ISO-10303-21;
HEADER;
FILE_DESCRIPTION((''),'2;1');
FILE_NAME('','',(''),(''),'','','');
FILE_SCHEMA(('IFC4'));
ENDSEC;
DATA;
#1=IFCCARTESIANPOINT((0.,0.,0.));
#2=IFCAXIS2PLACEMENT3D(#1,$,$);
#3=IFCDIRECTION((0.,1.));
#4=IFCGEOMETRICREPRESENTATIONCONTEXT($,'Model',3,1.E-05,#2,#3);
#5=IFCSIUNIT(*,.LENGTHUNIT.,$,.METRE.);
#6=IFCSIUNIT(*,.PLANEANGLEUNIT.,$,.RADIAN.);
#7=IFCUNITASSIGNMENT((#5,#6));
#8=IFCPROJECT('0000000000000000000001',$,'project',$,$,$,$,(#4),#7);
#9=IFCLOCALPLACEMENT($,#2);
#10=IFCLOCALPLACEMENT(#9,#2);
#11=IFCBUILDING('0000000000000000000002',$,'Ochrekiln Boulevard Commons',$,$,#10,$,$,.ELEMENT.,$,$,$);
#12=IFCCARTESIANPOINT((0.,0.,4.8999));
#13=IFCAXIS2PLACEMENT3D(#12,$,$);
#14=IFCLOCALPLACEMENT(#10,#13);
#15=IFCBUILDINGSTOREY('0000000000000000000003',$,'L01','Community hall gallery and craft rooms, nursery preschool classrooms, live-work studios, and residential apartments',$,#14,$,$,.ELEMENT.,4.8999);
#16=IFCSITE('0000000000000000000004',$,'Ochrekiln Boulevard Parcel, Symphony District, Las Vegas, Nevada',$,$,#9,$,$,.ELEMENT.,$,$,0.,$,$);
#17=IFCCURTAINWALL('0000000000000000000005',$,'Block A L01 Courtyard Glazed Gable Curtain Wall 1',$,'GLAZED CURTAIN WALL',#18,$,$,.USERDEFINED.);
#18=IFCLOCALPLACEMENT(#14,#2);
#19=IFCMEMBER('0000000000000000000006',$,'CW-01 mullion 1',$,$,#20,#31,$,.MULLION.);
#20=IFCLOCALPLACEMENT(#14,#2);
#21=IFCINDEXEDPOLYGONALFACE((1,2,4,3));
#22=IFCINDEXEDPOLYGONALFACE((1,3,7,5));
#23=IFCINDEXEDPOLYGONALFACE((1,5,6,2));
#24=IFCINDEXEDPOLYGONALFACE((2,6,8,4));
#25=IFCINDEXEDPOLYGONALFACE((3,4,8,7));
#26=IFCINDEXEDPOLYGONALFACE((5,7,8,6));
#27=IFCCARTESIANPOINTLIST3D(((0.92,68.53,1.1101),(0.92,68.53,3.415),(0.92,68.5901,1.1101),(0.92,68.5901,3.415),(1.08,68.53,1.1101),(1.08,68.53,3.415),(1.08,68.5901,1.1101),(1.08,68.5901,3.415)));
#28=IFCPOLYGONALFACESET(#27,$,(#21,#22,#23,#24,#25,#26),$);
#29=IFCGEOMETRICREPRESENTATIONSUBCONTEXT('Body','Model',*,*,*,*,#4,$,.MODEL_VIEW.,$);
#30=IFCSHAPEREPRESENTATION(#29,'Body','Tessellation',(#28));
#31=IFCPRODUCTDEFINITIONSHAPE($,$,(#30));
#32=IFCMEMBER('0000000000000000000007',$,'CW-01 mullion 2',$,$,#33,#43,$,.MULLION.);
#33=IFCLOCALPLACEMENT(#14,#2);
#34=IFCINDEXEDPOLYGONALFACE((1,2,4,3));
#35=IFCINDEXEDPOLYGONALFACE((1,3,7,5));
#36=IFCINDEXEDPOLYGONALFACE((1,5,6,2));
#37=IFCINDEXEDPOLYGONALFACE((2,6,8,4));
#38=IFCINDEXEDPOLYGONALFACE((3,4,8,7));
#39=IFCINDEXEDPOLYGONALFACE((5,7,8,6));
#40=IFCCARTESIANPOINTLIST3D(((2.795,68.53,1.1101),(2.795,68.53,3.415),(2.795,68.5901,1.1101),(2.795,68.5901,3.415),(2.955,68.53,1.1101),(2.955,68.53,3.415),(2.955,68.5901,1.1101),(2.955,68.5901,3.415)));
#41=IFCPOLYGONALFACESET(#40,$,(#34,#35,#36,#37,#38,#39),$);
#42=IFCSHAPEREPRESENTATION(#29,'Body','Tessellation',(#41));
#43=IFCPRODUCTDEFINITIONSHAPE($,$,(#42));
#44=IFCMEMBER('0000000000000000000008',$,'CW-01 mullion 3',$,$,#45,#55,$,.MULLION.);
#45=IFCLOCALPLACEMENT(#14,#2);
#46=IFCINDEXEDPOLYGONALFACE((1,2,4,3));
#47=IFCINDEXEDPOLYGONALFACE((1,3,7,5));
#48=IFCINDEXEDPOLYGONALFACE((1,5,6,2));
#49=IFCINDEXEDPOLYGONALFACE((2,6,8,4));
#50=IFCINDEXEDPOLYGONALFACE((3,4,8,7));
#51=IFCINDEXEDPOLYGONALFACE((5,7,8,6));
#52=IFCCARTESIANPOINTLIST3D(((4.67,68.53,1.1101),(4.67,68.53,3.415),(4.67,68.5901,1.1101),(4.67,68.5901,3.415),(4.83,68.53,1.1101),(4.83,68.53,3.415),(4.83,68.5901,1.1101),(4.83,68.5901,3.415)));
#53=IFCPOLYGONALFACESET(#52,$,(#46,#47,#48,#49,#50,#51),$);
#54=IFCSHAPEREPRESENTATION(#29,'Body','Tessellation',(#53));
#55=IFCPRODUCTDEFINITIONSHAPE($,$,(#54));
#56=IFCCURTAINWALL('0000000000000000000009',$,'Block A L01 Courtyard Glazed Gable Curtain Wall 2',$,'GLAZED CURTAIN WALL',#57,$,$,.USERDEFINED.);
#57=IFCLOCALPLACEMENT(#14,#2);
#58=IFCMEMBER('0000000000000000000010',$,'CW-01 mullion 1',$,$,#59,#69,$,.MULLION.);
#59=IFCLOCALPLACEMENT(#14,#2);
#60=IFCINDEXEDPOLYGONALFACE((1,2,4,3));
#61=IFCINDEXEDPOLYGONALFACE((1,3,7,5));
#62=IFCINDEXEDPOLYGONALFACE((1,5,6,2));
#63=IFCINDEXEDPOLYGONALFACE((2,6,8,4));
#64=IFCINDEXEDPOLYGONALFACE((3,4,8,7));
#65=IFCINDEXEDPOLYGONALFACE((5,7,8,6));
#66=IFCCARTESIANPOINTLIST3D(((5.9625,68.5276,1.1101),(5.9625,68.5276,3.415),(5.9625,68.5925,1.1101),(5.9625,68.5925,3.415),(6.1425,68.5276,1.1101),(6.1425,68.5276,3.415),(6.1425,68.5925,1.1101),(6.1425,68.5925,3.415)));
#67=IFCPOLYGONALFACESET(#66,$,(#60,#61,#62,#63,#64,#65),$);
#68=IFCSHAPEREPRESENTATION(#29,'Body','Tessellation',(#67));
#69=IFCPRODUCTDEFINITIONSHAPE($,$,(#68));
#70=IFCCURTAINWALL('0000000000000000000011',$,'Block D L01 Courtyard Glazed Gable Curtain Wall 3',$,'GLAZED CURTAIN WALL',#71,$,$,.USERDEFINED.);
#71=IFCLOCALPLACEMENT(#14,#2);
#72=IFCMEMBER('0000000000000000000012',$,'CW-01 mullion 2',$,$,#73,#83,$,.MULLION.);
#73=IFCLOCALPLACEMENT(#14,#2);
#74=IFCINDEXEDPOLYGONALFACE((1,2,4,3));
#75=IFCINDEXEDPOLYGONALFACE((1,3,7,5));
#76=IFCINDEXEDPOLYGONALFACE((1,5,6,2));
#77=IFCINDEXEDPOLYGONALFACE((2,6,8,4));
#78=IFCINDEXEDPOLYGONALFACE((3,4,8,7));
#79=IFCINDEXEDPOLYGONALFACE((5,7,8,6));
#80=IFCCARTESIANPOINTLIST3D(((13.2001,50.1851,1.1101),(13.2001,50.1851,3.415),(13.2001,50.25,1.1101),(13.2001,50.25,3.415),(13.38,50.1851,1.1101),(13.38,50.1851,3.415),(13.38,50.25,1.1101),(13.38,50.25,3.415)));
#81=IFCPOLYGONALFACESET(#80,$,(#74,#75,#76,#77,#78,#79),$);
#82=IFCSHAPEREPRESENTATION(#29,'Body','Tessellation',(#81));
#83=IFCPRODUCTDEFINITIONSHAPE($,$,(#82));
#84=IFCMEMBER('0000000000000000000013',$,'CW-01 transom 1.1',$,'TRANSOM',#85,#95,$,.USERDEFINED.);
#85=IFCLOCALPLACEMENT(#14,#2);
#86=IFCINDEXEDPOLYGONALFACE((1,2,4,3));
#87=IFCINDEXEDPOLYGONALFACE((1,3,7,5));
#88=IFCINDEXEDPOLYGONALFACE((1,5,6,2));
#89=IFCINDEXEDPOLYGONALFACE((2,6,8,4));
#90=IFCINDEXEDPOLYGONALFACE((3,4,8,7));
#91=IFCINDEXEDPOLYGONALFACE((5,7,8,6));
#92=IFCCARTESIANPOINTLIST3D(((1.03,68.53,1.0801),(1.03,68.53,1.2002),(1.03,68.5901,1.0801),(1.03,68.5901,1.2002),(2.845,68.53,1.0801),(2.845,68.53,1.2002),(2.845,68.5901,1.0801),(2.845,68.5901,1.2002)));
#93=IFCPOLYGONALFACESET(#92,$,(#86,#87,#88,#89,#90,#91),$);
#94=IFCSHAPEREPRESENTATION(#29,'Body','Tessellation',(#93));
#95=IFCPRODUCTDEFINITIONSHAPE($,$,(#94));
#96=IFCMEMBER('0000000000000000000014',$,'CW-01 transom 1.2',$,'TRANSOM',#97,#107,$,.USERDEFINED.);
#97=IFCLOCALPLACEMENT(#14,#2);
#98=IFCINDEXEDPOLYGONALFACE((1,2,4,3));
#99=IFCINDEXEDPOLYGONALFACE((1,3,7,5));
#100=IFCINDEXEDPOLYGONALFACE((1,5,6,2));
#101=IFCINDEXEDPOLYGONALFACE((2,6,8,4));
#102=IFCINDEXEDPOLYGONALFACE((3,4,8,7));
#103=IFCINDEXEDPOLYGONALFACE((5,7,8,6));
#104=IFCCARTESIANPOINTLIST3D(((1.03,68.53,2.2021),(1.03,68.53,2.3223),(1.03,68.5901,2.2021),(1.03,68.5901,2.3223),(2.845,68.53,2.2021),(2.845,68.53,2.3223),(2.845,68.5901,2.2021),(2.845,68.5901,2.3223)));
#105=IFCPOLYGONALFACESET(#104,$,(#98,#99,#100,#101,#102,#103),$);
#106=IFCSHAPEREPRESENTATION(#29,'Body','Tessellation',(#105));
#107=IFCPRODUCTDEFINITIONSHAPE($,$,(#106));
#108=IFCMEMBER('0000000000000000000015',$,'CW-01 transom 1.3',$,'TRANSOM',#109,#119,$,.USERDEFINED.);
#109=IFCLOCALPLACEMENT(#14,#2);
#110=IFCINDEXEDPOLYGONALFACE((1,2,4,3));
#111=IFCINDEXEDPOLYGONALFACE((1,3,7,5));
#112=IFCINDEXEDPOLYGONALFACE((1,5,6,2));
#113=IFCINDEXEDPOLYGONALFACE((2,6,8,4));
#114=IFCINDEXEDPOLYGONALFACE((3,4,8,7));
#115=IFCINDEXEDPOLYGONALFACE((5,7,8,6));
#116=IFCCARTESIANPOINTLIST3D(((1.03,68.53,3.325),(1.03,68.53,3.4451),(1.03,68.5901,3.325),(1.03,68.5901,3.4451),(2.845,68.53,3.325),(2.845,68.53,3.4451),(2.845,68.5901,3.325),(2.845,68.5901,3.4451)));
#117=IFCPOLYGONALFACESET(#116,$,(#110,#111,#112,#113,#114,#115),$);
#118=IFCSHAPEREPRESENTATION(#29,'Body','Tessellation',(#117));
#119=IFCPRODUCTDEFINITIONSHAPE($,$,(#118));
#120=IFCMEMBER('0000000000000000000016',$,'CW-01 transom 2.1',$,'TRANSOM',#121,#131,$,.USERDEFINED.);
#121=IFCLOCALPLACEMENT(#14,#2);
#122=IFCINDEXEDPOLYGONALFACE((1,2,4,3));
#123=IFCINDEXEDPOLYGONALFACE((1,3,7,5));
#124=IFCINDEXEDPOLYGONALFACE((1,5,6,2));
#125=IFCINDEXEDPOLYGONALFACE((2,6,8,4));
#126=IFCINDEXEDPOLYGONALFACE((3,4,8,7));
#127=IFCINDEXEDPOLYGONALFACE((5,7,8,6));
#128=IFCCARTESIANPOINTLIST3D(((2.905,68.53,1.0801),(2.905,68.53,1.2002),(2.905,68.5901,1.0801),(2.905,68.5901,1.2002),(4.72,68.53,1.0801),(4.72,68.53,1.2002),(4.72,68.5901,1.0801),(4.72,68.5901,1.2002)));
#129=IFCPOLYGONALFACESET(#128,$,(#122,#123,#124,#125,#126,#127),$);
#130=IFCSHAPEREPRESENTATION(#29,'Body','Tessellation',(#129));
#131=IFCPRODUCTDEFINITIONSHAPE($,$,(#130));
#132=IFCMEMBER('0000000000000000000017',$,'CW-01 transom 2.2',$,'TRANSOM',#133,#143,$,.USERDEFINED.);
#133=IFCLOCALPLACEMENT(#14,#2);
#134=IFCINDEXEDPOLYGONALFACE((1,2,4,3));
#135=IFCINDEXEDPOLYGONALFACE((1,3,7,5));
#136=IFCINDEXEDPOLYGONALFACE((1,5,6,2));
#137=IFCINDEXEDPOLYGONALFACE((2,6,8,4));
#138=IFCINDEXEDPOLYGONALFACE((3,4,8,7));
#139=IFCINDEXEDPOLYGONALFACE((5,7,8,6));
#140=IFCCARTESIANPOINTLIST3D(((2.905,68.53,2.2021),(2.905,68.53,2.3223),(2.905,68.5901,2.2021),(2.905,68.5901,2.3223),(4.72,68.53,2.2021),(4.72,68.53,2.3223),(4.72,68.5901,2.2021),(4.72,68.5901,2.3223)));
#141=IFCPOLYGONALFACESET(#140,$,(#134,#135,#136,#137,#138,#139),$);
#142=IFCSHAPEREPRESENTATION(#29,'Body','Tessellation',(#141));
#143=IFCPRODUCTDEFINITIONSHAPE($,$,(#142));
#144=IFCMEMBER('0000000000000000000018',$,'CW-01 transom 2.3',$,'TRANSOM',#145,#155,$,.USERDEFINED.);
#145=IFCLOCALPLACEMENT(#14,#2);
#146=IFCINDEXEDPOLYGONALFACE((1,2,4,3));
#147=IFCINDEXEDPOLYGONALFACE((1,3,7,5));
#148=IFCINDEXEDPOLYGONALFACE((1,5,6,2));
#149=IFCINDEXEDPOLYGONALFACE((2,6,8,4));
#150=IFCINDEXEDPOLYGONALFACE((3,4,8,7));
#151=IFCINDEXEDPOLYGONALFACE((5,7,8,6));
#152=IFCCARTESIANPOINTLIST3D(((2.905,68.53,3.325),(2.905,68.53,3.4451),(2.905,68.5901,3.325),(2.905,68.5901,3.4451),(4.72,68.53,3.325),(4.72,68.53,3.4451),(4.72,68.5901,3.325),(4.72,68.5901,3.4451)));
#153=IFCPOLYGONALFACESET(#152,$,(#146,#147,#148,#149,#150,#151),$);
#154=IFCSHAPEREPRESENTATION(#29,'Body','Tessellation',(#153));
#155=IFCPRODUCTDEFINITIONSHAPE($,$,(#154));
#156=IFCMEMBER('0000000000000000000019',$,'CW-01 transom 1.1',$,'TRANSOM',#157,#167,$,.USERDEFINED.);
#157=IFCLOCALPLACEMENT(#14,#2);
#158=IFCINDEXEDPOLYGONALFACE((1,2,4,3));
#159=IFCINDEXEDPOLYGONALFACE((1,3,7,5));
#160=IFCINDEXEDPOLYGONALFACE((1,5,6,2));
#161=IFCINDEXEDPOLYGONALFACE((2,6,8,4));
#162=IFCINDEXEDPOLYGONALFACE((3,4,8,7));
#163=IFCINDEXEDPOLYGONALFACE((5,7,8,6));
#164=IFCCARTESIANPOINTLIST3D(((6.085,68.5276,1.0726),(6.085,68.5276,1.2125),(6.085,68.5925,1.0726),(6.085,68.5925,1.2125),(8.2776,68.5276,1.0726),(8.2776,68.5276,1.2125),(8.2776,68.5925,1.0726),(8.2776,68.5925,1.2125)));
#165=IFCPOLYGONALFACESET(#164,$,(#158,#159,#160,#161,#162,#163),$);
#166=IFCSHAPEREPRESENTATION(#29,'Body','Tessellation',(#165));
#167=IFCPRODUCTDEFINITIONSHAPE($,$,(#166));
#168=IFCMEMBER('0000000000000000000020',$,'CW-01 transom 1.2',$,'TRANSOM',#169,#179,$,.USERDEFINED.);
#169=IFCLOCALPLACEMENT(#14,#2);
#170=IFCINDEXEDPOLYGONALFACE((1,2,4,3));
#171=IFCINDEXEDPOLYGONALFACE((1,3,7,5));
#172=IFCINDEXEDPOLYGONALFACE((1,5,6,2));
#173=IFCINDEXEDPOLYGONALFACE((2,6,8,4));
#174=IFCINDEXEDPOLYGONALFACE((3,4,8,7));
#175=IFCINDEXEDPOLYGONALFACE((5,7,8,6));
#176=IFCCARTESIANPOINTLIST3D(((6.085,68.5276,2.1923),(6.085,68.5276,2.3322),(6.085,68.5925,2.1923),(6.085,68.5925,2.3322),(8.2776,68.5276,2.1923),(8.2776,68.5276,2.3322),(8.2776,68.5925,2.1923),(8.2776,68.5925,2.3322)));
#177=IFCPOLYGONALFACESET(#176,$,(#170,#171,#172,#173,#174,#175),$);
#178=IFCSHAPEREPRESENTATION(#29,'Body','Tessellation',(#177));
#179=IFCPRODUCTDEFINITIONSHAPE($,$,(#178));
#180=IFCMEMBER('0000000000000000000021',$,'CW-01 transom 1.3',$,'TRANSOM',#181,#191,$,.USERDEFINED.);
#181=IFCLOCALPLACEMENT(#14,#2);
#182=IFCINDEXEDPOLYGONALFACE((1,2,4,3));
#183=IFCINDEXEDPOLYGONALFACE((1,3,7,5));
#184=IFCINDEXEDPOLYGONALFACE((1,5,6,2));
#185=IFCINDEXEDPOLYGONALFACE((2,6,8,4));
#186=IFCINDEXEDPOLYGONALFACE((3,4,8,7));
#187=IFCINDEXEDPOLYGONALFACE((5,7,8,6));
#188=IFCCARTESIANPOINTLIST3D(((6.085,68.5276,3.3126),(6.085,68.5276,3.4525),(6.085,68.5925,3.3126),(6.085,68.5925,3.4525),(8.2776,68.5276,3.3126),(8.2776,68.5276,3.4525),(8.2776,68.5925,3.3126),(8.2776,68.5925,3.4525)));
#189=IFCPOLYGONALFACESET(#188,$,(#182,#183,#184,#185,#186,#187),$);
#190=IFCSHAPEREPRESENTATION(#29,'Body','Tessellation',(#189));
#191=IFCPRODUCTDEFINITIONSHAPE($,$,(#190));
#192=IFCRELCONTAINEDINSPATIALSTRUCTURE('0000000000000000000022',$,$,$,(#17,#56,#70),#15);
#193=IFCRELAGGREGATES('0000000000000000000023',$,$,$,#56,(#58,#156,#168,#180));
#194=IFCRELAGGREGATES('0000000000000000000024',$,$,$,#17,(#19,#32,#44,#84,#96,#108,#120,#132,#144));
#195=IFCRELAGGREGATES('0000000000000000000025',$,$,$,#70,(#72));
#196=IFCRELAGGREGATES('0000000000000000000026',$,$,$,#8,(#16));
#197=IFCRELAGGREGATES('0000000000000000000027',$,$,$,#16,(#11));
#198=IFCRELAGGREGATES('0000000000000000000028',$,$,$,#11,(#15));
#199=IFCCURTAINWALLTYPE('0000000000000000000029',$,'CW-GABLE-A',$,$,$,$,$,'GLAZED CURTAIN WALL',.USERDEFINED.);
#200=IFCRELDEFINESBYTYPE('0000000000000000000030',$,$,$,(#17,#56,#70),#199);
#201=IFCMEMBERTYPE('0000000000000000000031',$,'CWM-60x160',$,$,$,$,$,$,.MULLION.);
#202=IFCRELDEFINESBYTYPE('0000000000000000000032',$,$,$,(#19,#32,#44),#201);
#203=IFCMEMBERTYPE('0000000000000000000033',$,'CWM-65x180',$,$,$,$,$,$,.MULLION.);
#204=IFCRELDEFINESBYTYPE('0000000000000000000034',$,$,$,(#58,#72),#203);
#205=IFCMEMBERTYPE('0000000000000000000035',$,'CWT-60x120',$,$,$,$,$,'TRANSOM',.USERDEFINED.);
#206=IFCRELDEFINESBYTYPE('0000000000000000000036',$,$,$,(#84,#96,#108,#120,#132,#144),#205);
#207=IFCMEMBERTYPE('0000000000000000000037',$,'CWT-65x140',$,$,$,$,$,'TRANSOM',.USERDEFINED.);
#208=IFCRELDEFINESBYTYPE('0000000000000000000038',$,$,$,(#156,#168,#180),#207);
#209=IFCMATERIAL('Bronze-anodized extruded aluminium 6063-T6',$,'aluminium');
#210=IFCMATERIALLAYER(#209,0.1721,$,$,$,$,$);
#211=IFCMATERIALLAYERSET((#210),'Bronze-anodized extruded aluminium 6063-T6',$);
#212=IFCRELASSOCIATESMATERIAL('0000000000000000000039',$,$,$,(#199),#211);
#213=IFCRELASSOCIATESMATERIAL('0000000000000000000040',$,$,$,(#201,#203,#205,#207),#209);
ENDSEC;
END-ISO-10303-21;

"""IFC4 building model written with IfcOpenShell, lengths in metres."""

from ifc_helpers import new_model, si_unit, direction, frame, origin, origin_2d, place, context, subcontext, project, spatial, rectangle, extrude, material, layer, layer_set, material_profile, profile_set, type_object, element, aggregate, save


model = new_model("IFC4")

# Units and contexts
model_context = context("Model", 3, precision=1e-05, world=origin(), true_north=direction((0.0, 1.0)))
body_context = subcontext(model_context, "Body", "Model", "MODEL_VIEW")
ifc_project = project(units=[si_unit("LENGTHUNIT", "METRE"), si_unit("PLANEANGLEUNIT", "RADIAN")], contexts=[model_context])

# Site, building, storey
site_placement = place(None, origin())
site = spatial("IfcSite", under=ifc_project, at=site_placement, Name="Ochrekiln Boulevard Parcel, Symphony District, Las Vegas, Nevada", CompositionType="ELEMENT", RefElevation=0.0)
building_placement = place(site_placement, origin())
building = spatial("IfcBuilding", under=site, at=building_placement, Name="Ochrekiln Boulevard Commons", CompositionType="ELEMENT")
storey_placement = place(building_placement, frame((0.0, 0.0, 4.8999)))
storey = spatial("IfcBuildingStorey", under=building, at=storey_placement, Name="L01", Description="Community hall gallery and craft rooms, nursery preschool classrooms, live-work studios, and residential apartments", CompositionType="ELEMENT", Elevation=4.8999)

# Curtain wall, members
ifc_material_1 = material(Name="Bronze-anodized extruded aluminium 6063-T6", Category="aluminium")
ifc_layer_1 = layer(ifc_material_1, 0.1721)
ifc_layer_set_1 = layer_set([ifc_layer_1], Name="Bronze-anodized extruded aluminium 6063-T6")
curtain_wall_type = type_object("IfcCurtainWallType", Name="CW-GABLE-A", ElementType="GLAZED CURTAIN WALL", PredefinedType="USERDEFINED", material=ifc_layer_set_1)
curtain_wall_1_placement = place(storey_placement, origin())
curtain_wall_1 = element("IfcCurtainWall", 1, at=curtain_wall_1_placement, inside=storey, type_object=curtain_wall_type, Name="Block A L01 Courtyard Glazed Gable Curtain Wall 1", ObjectType="GLAZED CURTAIN WALL", PredefinedType="USERDEFINED")
ifc_material_profile_1 = material_profile(ifc_material_1, rectangle(XDim=0.0601, YDim=0.1599, at=origin_2d()), Name="ALU-MUL-60x160")
ifc_profile_set_1 = profile_set([ifc_material_profile_1], Name="Bronze-anodized extruded aluminium 6063-T6")
member_type_1 = type_object("IfcMemberType", Name="CWM-60x160", PredefinedType="MULLION", material=ifc_profile_set_1)
member_1_placement = place(storey_placement, frame((1.0, 68.5601, 1.1101), z_axis=(0.0, 0.0, 1.0), x_axis=(0.0, 1.0, 0.0)))
member_1 = element("IfcMember", 2, at=member_1_placement, type_object=member_type_1, Name="CW-01 mullion 1", PredefinedType="MULLION", context=body_context, shape_type="SweptSolid", body=[
    extrude(rectangle(XDim=0.0601, YDim=0.1599, at=origin_2d()), origin(), (0.0, 0.0, 1.0), 2.3049),
])
member_2_placement = place(storey_placement, frame((2.875, 68.5601, 1.1101), z_axis=(0.0, 0.0, 1.0), x_axis=(0.0, 1.0, 0.0)))
member_2 = element("IfcMember", 3, at=member_2_placement, type_object=member_type_1, Name="CW-01 mullion 2", PredefinedType="MULLION", context=body_context, shape_type="SweptSolid", body=[
    extrude(rectangle(XDim=0.0601, YDim=0.1599, at=origin_2d()), origin(), (0.0, 0.0, 1.0), 2.3049),
])
member_3_placement = place(storey_placement, frame((4.75, 68.5601, 1.1101), z_axis=(0.0, 0.0, 1.0), x_axis=(0.0, 1.0, 0.0)))
member_3 = element("IfcMember", 4, at=member_3_placement, type_object=member_type_1, Name="CW-01 mullion 3", PredefinedType="MULLION", context=body_context, shape_type="SweptSolid", body=[
    extrude(rectangle(XDim=0.0601, YDim=0.1599, at=origin_2d()), origin(), (0.0, 0.0, 1.0), 2.3049),
])

# Curtain walls, members
curtain_wall_2_placement = place(storey_placement, origin())
curtain_wall_2 = element("IfcCurtainWall", 5, at=curtain_wall_2_placement, inside=storey, type_object=curtain_wall_type, Name="Block A L01 Courtyard Glazed Gable Curtain Wall 2", ObjectType="GLAZED CURTAIN WALL", PredefinedType="USERDEFINED")
ifc_material_profile_2 = material_profile(ifc_material_1, rectangle(XDim=0.0649, YDim=0.1799, at=origin_2d()), Name="ALU-MUL-65x180")
ifc_profile_set_2 = profile_set([ifc_material_profile_2], Name="Bronze-anodized extruded aluminium 6063-T6")
member_type_2 = type_object("IfcMemberType", Name="CWM-65x180", PredefinedType="MULLION", material=ifc_profile_set_2)
member_4_placement = place(storey_placement, frame((6.0525, 68.5601, 1.1101), z_axis=(0.0, 0.0, 1.0), x_axis=(0.0, 1.0, 0.0)))
member_4 = element("IfcMember", 6, at=member_4_placement, type_object=member_type_2, Name="CW-01 mullion 1", PredefinedType="MULLION", context=body_context, shape_type="SweptSolid", body=[
    extrude(rectangle(XDim=0.0649, YDim=0.1799, at=origin_2d()), origin(), (0.0, 0.0, 1.0), 2.3049),
])
curtain_wall_3_placement = place(storey_placement, origin())
curtain_wall_3 = element("IfcCurtainWall", 7, at=curtain_wall_3_placement, inside=storey, type_object=curtain_wall_type, Name="Block D L01 Courtyard Glazed Gable Curtain Wall 3", ObjectType="GLAZED CURTAIN WALL", PredefinedType="USERDEFINED")
member_5_placement = place(storey_placement, frame((13.29, 50.2175, 1.1101), z_axis=(0.0, 0.0, 1.0), x_axis=(0.0, 1.0, 0.0)))
member_5 = element("IfcMember", 8, at=member_5_placement, type_object=member_type_2, Name="CW-01 mullion 2", PredefinedType="MULLION", context=body_context, shape_type="SweptSolid", body=[
    extrude(rectangle(XDim=0.0649, YDim=0.1799, at=origin_2d()), origin(), (0.0, 0.0, 1.0), 2.3049),
])

# Members
ifc_material_profile_3 = material_profile(ifc_material_1, rectangle(XDim=0.0601, YDim=0.1201, at=origin_2d()), Name="ALU-TRN-60x120")
ifc_profile_set_3 = profile_set([ifc_material_profile_3], Name="Bronze-anodized extruded aluminium 6063-T6")
member_type_3 = type_object("IfcMemberType", Name="CWT-60x120", ElementType="TRANSOM", PredefinedType="USERDEFINED", material=ifc_profile_set_3)
member_6_placement = place(storey_placement, frame((1.03, 68.5601, 1.1401), z_axis=(1.0, 0.0, 0.0), x_axis=(0.0, 1.0, 0.0)))
member_6 = element("IfcMember", 9, at=member_6_placement, type_object=member_type_3, Name="CW-01 transom 1.1", ObjectType="TRANSOM", PredefinedType="USERDEFINED", context=body_context, shape_type="SweptSolid", body=[
    extrude(rectangle(XDim=0.0601, YDim=0.1201, at=origin_2d()), origin(), (0.0, 0.0, 1.0), 1.8149),
])
member_7_placement = place(storey_placement, frame((1.03, 68.5601, 2.2622), z_axis=(1.0, 0.0, 0.0), x_axis=(0.0, 1.0, 0.0)))
member_7 = element("IfcMember", 10, at=member_7_placement, type_object=member_type_3, Name="CW-01 transom 1.2", ObjectType="TRANSOM", PredefinedType="USERDEFINED", context=body_context, shape_type="SweptSolid", body=[
    extrude(rectangle(XDim=0.0601, YDim=0.1201, at=origin_2d()), origin(), (0.0, 0.0, 1.0), 1.8149),
])
member_8_placement = place(storey_placement, frame((1.03, 68.5601, 3.385), z_axis=(1.0, 0.0, 0.0), x_axis=(0.0, 1.0, 0.0)))
member_8 = element("IfcMember", 11, at=member_8_placement, type_object=member_type_3, Name="CW-01 transom 1.3", ObjectType="TRANSOM", PredefinedType="USERDEFINED", context=body_context, shape_type="SweptSolid", body=[
    extrude(rectangle(XDim=0.0601, YDim=0.1201, at=origin_2d()), origin(), (0.0, 0.0, 1.0), 1.8149),
])
member_9_placement = place(storey_placement, frame((2.905, 68.5601, 1.1401), z_axis=(1.0, 0.0, 0.0), x_axis=(0.0, 1.0, 0.0)))
member_9 = element("IfcMember", 12, at=member_9_placement, type_object=member_type_3, Name="CW-01 transom 2.1", ObjectType="TRANSOM", PredefinedType="USERDEFINED", context=body_context, shape_type="SweptSolid", body=[
    extrude(rectangle(XDim=0.0601, YDim=0.1201, at=origin_2d()), origin(), (0.0, 0.0, 1.0), 1.8149),
])
member_10_placement = place(storey_placement, frame((2.905, 68.5601, 2.2622), z_axis=(1.0, 0.0, 0.0), x_axis=(0.0, 1.0, 0.0)))
member_10 = element("IfcMember", 13, at=member_10_placement, type_object=member_type_3, Name="CW-01 transom 2.2", ObjectType="TRANSOM", PredefinedType="USERDEFINED", context=body_context, shape_type="SweptSolid", body=[
    extrude(rectangle(XDim=0.0601, YDim=0.1201, at=origin_2d()), origin(), (0.0, 0.0, 1.0), 1.8149),
])
member_11_placement = place(storey_placement, frame((2.905, 68.5601, 3.385), z_axis=(1.0, 0.0, 0.0), x_axis=(0.0, 1.0, 0.0)))
member_11 = element("IfcMember", 14, at=member_11_placement, type_object=member_type_3, Name="CW-01 transom 2.3", ObjectType="TRANSOM", PredefinedType="USERDEFINED", context=body_context, shape_type="SweptSolid", body=[
    extrude(rectangle(XDim=0.0601, YDim=0.1201, at=origin_2d()), origin(), (0.0, 0.0, 1.0), 1.8149),
])
ifc_material_profile_4 = material_profile(ifc_material_1, rectangle(XDim=0.0649, YDim=0.1399, at=origin_2d()), Name="ALU-TRN-65x140")
ifc_profile_set_4 = profile_set([ifc_material_profile_4], Name="Bronze-anodized extruded aluminium 6063-T6")
member_type_4 = type_object("IfcMemberType", Name="CWT-65x140", ElementType="TRANSOM", PredefinedType="USERDEFINED", material=ifc_profile_set_4)
member_12_placement = place(storey_placement, frame((6.085, 68.5601, 1.1426), z_axis=(1.0, 0.0, 0.0), x_axis=(0.0, 1.0, 0.0)))
member_12 = element("IfcMember", 15, at=member_12_placement, type_object=member_type_4, Name="CW-01 transom 1.1", ObjectType="TRANSOM", PredefinedType="USERDEFINED", context=body_context, shape_type="SweptSolid", body=[
    extrude(rectangle(XDim=0.0649, YDim=0.1399, at=origin_2d()), origin(), (0.0, 0.0, 1.0), 2.1926),
])
member_13_placement = place(storey_placement, frame((6.085, 68.5601, 2.2622), z_axis=(1.0, 0.0, 0.0), x_axis=(0.0, 1.0, 0.0)))
member_13 = element("IfcMember", 16, at=member_13_placement, type_object=member_type_4, Name="CW-01 transom 1.2", ObjectType="TRANSOM", PredefinedType="USERDEFINED", context=body_context, shape_type="SweptSolid", body=[
    extrude(rectangle(XDim=0.0649, YDim=0.1399, at=origin_2d()), origin(), (0.0, 0.0, 1.0), 2.1926),
])
member_14_placement = place(storey_placement, frame((6.085, 68.5601, 3.3826), z_axis=(1.0, 0.0, 0.0), x_axis=(0.0, 1.0, 0.0)))
member_14 = element("IfcMember", 17, at=member_14_placement, type_object=member_type_4, Name="CW-01 transom 1.3", ObjectType="TRANSOM", PredefinedType="USERDEFINED", context=body_context, shape_type="SweptSolid", body=[
    extrude(rectangle(XDim=0.0649, YDim=0.1399, at=origin_2d()), origin(), (0.0, 0.0, 1.0), 2.1926),
])
aggregate(curtain_wall_2, [member_4, member_12, member_13, member_14])

aggregate(curtain_wall_1, [member_1, member_2, member_3, member_6, member_7, member_8, member_9, member_10, member_11])
aggregate(curtain_wall_3, [member_5])

save(model, "model.ifc")
